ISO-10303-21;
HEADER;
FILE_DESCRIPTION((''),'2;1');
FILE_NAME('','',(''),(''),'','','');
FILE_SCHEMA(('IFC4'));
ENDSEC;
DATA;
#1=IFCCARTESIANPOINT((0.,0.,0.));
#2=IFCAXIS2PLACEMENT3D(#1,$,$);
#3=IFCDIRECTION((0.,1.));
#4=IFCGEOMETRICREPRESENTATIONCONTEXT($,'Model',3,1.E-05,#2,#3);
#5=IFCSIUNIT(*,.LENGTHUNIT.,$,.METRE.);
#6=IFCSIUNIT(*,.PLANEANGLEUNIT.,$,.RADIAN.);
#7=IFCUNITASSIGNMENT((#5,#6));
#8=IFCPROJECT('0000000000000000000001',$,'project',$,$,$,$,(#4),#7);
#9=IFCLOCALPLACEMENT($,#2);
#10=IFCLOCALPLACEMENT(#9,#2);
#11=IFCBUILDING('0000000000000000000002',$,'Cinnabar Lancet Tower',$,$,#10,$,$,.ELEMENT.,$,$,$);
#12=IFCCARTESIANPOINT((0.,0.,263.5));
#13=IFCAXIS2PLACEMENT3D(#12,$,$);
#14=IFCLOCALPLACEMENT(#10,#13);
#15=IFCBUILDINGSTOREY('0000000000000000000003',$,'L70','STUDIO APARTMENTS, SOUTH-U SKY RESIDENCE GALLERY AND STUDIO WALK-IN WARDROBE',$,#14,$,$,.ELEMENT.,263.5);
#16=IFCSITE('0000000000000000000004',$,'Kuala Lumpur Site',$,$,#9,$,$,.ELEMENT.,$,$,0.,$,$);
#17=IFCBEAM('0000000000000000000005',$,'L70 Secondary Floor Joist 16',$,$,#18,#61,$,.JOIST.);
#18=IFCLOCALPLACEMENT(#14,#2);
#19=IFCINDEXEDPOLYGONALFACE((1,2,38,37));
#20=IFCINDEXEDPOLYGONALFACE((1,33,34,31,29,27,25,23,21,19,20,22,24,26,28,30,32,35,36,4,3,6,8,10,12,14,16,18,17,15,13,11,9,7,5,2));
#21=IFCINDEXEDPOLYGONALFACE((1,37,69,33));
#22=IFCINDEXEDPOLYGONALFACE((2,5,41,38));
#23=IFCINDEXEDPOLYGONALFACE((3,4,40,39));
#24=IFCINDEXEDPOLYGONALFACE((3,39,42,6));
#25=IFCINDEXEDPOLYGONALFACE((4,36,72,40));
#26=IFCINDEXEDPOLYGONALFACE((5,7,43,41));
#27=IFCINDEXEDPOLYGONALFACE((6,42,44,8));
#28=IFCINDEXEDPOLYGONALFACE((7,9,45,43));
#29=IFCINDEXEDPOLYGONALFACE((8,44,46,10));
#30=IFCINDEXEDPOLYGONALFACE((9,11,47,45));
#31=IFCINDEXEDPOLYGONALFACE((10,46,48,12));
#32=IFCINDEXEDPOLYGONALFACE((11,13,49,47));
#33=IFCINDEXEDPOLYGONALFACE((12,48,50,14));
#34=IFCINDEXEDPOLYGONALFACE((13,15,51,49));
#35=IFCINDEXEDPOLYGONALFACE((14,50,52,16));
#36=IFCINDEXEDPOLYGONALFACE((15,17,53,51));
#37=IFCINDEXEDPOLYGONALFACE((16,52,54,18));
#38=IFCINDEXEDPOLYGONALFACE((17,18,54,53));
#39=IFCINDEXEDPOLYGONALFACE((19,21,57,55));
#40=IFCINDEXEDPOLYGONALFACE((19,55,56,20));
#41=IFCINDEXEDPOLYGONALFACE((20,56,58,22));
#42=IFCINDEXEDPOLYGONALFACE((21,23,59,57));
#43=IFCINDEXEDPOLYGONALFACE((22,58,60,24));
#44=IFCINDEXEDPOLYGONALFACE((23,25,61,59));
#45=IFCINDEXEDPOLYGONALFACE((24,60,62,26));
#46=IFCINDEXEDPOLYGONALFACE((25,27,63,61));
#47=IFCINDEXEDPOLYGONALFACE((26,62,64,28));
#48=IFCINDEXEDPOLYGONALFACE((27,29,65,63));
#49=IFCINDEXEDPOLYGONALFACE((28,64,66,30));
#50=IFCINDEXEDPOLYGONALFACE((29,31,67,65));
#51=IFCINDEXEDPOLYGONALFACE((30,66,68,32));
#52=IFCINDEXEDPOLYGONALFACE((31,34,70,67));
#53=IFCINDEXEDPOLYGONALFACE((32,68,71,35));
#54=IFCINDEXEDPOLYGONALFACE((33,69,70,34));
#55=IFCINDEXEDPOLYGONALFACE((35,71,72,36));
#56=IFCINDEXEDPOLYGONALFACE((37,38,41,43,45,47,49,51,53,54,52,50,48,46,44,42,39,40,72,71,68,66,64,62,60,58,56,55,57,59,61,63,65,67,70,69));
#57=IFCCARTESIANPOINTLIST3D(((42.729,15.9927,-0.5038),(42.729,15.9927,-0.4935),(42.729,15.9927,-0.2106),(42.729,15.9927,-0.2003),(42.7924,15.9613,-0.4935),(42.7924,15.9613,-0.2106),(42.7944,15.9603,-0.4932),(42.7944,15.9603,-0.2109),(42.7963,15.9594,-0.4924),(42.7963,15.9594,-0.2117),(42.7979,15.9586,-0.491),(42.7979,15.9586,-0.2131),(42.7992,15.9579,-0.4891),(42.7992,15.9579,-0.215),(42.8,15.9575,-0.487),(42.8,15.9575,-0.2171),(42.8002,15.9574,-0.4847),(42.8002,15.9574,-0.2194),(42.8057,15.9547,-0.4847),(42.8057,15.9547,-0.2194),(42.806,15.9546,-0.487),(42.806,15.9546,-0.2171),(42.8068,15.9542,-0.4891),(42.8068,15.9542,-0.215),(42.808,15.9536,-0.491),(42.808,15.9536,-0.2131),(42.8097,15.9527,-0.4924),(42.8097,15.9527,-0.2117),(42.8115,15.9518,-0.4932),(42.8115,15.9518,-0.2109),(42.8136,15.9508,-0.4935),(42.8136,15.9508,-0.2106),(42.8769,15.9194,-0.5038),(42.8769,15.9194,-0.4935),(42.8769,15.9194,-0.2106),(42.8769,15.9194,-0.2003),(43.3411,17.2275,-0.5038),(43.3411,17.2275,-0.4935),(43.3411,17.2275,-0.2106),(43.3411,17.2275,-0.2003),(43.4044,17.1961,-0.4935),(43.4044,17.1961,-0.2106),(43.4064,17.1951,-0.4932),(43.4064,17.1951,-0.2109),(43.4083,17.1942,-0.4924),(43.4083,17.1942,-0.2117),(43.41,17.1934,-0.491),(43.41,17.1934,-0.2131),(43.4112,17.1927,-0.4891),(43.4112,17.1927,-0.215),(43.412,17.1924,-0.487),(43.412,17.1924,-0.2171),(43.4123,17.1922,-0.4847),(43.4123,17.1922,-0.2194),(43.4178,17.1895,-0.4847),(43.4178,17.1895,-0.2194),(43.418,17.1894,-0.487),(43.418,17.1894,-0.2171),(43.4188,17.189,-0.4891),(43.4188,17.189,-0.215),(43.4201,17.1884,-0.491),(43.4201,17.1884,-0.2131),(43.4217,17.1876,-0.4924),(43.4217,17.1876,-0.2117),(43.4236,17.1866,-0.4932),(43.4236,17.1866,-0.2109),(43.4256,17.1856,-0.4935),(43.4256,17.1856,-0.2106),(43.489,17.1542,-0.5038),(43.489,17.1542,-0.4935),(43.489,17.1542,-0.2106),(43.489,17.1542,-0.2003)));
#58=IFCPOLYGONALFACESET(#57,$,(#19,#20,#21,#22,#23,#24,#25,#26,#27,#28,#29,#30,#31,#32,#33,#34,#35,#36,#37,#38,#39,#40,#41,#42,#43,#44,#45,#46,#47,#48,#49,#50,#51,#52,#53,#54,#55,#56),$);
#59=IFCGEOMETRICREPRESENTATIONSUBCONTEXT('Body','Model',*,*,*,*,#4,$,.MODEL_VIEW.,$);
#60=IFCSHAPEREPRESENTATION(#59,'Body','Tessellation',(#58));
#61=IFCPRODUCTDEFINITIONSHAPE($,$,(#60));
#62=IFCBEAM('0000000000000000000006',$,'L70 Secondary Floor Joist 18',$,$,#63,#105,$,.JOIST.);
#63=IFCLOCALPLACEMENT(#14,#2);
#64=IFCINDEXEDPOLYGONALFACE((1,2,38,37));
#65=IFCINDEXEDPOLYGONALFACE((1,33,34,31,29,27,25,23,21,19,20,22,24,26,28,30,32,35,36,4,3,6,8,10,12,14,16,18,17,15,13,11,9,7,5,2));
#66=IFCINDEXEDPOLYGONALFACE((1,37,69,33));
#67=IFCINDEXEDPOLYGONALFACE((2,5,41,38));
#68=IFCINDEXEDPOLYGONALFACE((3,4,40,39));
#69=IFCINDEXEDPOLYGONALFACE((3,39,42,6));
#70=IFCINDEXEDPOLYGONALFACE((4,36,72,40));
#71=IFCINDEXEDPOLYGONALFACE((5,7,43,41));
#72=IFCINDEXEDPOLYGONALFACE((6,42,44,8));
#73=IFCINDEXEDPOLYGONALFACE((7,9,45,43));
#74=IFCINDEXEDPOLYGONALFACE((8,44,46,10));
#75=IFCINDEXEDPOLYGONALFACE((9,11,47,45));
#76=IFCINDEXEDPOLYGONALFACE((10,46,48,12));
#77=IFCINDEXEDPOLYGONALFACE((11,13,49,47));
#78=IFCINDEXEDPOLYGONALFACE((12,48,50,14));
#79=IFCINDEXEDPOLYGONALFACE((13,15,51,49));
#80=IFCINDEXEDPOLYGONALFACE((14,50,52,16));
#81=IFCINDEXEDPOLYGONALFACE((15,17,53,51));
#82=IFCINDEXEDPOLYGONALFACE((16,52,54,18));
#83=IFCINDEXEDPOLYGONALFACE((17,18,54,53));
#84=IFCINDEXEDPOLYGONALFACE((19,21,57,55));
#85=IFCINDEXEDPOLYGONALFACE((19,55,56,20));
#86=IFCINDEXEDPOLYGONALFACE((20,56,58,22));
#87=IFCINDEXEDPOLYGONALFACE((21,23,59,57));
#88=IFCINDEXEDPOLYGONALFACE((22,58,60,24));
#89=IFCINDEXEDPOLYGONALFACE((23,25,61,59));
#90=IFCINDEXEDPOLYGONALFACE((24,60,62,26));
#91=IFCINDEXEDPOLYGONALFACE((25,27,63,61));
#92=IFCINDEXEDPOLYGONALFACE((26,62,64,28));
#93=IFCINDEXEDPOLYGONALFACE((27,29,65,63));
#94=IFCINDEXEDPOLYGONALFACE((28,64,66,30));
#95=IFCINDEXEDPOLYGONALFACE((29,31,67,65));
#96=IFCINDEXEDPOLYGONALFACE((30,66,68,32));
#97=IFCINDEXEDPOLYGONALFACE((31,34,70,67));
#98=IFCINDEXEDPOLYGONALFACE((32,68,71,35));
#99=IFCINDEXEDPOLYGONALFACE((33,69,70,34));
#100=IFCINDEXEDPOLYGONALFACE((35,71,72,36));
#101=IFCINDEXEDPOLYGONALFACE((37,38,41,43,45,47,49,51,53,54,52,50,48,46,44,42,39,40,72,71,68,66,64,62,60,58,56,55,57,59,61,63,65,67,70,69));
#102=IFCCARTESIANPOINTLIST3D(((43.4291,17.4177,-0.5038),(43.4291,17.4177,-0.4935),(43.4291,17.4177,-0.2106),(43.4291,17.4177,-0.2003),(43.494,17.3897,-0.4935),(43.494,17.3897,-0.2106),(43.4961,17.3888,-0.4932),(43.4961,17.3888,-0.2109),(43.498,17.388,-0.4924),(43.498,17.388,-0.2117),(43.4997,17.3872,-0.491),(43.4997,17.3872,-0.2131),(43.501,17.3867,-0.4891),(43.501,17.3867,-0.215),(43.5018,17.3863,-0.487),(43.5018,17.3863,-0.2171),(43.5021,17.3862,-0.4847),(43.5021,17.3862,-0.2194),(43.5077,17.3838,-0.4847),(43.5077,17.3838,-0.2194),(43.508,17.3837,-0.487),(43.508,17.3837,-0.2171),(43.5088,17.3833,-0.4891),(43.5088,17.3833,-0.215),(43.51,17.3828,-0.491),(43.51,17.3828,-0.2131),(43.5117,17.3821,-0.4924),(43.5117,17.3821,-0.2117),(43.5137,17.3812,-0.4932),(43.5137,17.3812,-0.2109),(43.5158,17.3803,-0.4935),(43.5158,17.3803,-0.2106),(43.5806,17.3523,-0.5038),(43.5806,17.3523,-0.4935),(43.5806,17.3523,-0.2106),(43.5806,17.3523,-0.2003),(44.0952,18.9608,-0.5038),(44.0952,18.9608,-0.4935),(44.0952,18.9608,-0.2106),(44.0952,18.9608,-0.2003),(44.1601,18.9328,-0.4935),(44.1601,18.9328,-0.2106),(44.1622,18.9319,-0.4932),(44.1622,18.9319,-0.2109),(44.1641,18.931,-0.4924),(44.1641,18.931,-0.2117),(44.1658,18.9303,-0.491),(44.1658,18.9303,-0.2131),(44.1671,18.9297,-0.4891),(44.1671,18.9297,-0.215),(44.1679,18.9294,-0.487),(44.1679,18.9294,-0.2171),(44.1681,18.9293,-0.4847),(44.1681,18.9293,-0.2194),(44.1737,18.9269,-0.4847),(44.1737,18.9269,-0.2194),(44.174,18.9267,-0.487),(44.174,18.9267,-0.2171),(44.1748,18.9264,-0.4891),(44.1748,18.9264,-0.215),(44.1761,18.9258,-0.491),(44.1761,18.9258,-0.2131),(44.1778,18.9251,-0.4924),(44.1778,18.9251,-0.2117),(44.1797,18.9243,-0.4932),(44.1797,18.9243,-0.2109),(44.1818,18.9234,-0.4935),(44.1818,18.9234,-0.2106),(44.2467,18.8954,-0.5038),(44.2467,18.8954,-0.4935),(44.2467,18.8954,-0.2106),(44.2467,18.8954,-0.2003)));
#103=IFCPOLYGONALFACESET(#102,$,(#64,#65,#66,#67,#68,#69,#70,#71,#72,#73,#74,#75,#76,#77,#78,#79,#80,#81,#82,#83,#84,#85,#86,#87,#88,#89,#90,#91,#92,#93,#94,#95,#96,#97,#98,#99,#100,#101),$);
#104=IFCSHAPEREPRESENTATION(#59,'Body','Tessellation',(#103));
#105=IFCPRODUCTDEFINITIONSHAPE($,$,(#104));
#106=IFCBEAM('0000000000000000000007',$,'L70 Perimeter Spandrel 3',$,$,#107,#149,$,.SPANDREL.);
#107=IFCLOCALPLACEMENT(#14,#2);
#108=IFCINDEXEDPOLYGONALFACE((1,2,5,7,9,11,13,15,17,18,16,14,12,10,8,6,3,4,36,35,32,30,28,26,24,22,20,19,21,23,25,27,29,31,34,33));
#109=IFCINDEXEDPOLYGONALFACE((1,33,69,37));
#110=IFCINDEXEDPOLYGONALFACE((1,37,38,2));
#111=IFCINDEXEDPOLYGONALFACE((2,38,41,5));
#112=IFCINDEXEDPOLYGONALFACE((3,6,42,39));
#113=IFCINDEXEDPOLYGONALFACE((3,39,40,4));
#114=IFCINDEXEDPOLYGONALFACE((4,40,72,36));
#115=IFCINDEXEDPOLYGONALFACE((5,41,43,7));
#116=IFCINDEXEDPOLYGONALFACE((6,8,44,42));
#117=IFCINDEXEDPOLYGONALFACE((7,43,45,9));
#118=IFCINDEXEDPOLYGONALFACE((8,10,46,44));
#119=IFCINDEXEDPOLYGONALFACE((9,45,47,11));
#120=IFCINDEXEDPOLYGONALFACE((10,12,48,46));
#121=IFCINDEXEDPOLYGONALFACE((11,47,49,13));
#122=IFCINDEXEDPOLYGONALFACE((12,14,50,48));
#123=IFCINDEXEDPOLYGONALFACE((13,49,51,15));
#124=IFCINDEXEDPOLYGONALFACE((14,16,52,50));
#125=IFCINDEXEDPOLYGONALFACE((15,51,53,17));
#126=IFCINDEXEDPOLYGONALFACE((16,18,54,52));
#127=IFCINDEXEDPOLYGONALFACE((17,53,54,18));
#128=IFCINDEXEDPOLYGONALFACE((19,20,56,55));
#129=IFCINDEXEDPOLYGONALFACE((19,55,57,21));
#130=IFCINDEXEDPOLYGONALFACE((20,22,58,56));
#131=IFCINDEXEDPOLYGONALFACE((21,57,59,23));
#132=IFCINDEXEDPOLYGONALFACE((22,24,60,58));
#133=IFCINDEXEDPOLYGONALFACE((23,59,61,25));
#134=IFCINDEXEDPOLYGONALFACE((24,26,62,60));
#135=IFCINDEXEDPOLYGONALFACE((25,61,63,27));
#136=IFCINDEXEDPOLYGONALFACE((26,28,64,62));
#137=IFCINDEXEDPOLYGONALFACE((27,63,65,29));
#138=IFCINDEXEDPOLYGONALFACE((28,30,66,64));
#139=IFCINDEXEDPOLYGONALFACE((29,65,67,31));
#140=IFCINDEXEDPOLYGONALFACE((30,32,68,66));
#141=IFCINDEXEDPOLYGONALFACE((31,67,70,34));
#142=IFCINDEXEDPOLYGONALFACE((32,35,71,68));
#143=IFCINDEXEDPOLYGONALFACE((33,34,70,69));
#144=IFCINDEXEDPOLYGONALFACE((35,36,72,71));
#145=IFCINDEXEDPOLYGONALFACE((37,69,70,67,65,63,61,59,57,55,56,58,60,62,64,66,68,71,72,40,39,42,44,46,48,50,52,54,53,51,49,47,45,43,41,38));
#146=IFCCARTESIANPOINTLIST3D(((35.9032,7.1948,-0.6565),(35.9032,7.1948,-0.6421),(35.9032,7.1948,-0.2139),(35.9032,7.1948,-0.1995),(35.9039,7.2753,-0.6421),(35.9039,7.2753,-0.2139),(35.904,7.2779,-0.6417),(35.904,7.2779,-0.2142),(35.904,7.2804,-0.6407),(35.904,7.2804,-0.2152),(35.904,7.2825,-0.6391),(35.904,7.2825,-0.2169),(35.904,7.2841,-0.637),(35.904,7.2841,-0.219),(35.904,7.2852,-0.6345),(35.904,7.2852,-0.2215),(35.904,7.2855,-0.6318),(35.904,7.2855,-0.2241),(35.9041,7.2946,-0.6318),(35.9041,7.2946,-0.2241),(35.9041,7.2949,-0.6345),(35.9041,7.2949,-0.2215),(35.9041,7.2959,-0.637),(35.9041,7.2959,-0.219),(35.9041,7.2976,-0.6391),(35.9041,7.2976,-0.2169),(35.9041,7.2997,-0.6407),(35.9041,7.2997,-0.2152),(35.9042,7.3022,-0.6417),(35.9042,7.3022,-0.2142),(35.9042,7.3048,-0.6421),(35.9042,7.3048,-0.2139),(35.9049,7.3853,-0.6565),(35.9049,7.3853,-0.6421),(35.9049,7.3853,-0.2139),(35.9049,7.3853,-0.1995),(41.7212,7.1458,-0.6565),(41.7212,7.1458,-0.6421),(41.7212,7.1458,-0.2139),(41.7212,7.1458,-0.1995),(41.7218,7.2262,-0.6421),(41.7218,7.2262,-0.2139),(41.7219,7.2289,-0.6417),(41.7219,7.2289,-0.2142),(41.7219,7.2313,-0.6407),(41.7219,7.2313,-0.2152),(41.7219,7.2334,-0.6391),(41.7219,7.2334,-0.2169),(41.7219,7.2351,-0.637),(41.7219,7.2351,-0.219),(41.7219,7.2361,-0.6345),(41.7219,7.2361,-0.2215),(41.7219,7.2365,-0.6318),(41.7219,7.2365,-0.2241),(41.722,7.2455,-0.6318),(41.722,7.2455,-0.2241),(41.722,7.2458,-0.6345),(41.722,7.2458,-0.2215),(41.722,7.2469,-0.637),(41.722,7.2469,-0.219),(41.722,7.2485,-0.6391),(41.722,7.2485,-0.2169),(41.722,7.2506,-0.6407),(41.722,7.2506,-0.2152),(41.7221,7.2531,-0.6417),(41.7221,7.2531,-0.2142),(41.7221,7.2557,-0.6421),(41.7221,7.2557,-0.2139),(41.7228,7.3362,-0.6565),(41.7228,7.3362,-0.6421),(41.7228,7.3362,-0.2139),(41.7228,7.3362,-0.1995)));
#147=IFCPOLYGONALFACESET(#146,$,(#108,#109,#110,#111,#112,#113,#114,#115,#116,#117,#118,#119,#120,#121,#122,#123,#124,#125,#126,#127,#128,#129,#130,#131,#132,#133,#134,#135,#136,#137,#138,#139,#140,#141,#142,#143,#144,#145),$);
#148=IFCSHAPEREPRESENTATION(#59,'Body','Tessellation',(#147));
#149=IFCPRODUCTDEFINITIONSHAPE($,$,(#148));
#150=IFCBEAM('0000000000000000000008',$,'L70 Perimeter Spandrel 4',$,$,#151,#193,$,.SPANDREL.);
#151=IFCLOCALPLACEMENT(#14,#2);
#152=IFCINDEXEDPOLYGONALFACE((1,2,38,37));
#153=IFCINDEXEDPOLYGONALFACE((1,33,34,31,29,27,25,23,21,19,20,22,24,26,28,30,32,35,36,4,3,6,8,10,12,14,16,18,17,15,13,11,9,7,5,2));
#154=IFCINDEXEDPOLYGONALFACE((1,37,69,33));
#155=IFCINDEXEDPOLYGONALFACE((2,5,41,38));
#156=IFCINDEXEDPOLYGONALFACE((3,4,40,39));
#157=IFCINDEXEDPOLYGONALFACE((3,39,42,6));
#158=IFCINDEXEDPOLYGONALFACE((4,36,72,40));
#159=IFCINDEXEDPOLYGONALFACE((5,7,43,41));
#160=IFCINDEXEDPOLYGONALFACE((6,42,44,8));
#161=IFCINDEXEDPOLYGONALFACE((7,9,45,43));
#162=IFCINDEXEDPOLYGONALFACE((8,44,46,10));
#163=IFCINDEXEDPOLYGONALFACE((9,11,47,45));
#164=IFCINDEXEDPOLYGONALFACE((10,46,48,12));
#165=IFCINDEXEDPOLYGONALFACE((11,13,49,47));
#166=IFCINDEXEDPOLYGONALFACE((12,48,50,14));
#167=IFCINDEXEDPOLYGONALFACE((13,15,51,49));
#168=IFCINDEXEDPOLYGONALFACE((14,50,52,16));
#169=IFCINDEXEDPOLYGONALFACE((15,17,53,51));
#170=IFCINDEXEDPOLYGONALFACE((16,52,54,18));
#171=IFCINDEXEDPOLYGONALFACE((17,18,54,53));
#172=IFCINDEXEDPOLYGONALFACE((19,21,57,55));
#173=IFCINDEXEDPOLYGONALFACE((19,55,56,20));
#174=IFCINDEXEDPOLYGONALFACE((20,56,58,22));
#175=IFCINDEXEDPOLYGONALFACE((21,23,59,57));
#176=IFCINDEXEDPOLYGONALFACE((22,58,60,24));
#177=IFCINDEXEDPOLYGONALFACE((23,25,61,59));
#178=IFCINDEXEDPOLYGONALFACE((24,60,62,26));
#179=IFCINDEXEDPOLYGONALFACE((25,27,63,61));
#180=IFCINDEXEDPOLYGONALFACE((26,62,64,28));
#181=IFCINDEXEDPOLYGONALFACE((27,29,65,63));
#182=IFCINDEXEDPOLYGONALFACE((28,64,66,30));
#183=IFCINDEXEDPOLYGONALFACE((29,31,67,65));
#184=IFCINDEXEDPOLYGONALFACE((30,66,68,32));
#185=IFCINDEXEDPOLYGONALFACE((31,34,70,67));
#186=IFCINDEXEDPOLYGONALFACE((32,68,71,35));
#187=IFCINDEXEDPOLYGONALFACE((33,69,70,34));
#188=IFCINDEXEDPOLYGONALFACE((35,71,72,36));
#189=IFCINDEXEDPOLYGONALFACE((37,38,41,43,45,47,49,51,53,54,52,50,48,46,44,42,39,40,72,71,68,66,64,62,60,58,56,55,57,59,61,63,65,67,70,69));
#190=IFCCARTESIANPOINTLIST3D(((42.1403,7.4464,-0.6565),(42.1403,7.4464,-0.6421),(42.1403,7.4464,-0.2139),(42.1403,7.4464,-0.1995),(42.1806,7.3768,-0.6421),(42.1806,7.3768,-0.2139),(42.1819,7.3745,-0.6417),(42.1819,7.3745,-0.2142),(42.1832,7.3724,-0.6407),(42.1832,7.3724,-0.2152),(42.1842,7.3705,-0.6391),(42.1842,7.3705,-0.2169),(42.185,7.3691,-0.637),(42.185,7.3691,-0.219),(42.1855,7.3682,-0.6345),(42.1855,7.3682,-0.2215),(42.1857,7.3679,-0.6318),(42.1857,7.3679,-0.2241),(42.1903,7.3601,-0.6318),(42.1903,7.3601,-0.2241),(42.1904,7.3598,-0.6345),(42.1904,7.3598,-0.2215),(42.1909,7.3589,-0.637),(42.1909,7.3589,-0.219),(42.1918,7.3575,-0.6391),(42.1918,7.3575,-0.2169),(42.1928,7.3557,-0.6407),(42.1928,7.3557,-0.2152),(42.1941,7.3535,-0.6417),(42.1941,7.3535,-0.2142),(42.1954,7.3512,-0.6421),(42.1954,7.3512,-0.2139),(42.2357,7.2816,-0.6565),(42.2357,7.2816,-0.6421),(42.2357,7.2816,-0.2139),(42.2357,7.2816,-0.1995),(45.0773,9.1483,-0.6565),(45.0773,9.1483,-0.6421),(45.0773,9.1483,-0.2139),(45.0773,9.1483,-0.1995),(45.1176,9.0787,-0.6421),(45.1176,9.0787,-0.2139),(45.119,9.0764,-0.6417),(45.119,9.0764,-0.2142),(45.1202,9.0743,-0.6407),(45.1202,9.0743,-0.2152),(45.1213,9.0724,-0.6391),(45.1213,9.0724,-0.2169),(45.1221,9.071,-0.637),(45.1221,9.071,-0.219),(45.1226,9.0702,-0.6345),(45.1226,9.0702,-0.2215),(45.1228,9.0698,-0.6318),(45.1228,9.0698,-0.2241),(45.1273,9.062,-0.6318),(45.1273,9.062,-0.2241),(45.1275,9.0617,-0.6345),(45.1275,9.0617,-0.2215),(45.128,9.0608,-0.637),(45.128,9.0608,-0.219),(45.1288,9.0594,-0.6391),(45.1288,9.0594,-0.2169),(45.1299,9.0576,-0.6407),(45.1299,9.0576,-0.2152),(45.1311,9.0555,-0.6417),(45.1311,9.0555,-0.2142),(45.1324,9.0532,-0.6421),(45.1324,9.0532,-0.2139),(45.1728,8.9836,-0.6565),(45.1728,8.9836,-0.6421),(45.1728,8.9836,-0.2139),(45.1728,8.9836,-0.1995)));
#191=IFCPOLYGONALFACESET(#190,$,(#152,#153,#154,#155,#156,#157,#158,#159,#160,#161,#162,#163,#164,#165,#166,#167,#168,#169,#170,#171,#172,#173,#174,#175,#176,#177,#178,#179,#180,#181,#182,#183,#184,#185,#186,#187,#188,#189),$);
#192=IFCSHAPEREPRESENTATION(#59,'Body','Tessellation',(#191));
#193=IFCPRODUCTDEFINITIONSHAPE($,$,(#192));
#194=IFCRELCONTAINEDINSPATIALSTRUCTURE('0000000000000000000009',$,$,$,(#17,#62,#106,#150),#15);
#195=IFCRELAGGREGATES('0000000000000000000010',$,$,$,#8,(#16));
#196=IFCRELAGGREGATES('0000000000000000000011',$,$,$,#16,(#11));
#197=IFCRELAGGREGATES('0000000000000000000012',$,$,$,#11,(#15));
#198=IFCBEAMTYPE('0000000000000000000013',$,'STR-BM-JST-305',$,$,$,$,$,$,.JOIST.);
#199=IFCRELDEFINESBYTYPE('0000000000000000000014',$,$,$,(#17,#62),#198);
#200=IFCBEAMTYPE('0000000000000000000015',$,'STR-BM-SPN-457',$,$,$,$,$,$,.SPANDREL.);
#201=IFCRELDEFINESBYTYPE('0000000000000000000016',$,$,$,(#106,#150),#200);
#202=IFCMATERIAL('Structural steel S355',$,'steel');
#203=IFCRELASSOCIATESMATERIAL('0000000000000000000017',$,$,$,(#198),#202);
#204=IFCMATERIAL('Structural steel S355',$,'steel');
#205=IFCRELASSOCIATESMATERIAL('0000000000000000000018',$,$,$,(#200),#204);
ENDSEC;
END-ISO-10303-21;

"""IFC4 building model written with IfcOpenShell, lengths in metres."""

from ifc_helpers import new_model, si_unit, direction, frame, origin, origin_2d, place, context, subcontext, project, spatial, i_section, extrude, material, material_profile, profile_set, type_object, element, save


model = new_model("IFC4")

# Units and contexts
model_context = context("Model", 3, precision=1e-05, world=origin(), true_north=direction((0.0, 1.0)))
body_context = subcontext(model_context, "Body", "Model", "MODEL_VIEW")
ifc_project = project(units=[si_unit("LENGTHUNIT", "METRE"), si_unit("PLANEANGLEUNIT", "RADIAN")], contexts=[model_context])

# Site, building, storey
site_placement = place(None, origin())
site = spatial("IfcSite", under=ifc_project, at=site_placement, Name="Kuala Lumpur Site", CompositionType="ELEMENT", RefElevation=0.0)
building_placement = place(site_placement, origin())
building = spatial("IfcBuilding", under=site, at=building_placement, Name="Cinnabar Lancet Tower", CompositionType="ELEMENT")
storey_placement = place(building_placement, frame((0.0, 0.0, 263.5)))
storey = spatial("IfcBuildingStorey", under=building, at=storey_placement, Name="L70", Description="STUDIO APARTMENTS, SOUTH-U SKY RESIDENCE GALLERY AND STUDIO WALK-IN WARDROBE", CompositionType="ELEMENT", Elevation=263.5)

# Beams
ifc_material_1 = material(Name="Structural steel S355", Category="steel")
ifc_material_profile_1 = material_profile(ifc_material_1, i_section(OverallWidth=0.165, OverallDepth=0.3035, WebThickness=0.0061, FlangeThickness=0.0103, FilletRadius=0.0088, at=origin_2d()), Name="UKB 305x165x40")
ifc_profile_set_1 = profile_set([ifc_material_profile_1], Name="Structural steel S355")
beam_type_1 = type_object("IfcBeamType", Name="STR-BM-JST-305", PredefinedType="JOIST", material=ifc_profile_set_1)
beam_1_placement = place(storey_placement, frame((42.803, 15.9561, -0.3521), z_axis=(0.444093, 0.895981, 0.0), x_axis=(-0.895981, 0.444093, 0.0)))
element("IfcBeam", 1, at=beam_1_placement, inside=storey, type_object=beam_type_1, Name="L70 Secondary Floor Joist 16", PredefinedType="JOIST", context=body_context, shape_type="SweptSolid", body=[
    extrude(i_section(OverallWidth=0.165, OverallDepth=0.3035, WebThickness=0.0061, FlangeThickness=0.0103, FilletRadius=0.0088, at=origin_2d()), origin(), (0.0, 0.0, 1.0), 1.3782),
])
beam_2_placement = place(storey_placement, frame((43.5049, 17.385, -0.3521), z_axis=(0.396302, 0.91812, 0.0), x_axis=(-0.91812, 0.396302, 0.0)))
element("IfcBeam", 2, at=beam_2_placement, inside=storey, type_object=beam_type_1, Name="L70 Secondary Floor Joist 18", PredefinedType="JOIST", context=body_context, shape_type="SweptSolid", body=[
    extrude(i_section(OverallWidth=0.165, OverallDepth=0.3035, WebThickness=0.0061, FlangeThickness=0.0103, FilletRadius=0.0088, at=origin_2d()), origin(), (0.0, 0.0, 1.0), 1.6807),
])
ifc_material_2 = material(Name="Structural steel S355", Category="steel")
ifc_material_profile_2 = material_profile(ifc_material_2, i_section(OverallWidth=0.1904, OverallDepth=0.457, WebThickness=0.009, FlangeThickness=0.0144, FilletRadius=0.0103, at=origin_2d()), Name="UKB 457x191x74")
ifc_profile_set_2 = profile_set([ifc_material_profile_2], Name="Structural steel S355")
beam_type_2 = type_object("IfcBeamType", Name="STR-BM-SPN-457", PredefinedType="SPANDREL", material=ifc_profile_set_2)
beam_3_placement = place(storey_placement, frame((35.9041, 7.29, -0.428), z_axis=(0.999964, -0.008434, 0.0), x_axis=(0.008434, 0.999964, 0.0)))
element("IfcBeam", 3, at=beam_3_placement, inside=storey, type_object=beam_type_2, Name="L70 Perimeter Spandrel 3", PredefinedType="SPANDREL", context=body_context, shape_type="SweptSolid", body=[
    extrude(i_section(OverallWidth=0.1904, OverallDepth=0.457, WebThickness=0.009, FlangeThickness=0.0144, FilletRadius=0.0103, at=origin_2d()), origin(), (0.0, 0.0, 1.0), 5.8181),
])
beam_4_placement = place(storey_placement, frame((42.188, 7.364, -0.428), z_axis=(0.865231, 0.501374, 0.0), x_axis=(-0.501374, 0.865231, 0.0)))
element("IfcBeam", 4, at=beam_4_placement, inside=storey, type_object=beam_type_2, Name="L70 Perimeter Spandrel 4", PredefinedType="SPANDREL", context=body_context, shape_type="SweptSolid", body=[
    extrude(i_section(OverallWidth=0.1904, OverallDepth=0.457, WebThickness=0.009, FlangeThickness=0.0144, FilletRadius=0.0103, at=origin_2d()), origin(), (0.0, 0.0, 1.0), 3.3945),
])

save(model, "model.ifc")
